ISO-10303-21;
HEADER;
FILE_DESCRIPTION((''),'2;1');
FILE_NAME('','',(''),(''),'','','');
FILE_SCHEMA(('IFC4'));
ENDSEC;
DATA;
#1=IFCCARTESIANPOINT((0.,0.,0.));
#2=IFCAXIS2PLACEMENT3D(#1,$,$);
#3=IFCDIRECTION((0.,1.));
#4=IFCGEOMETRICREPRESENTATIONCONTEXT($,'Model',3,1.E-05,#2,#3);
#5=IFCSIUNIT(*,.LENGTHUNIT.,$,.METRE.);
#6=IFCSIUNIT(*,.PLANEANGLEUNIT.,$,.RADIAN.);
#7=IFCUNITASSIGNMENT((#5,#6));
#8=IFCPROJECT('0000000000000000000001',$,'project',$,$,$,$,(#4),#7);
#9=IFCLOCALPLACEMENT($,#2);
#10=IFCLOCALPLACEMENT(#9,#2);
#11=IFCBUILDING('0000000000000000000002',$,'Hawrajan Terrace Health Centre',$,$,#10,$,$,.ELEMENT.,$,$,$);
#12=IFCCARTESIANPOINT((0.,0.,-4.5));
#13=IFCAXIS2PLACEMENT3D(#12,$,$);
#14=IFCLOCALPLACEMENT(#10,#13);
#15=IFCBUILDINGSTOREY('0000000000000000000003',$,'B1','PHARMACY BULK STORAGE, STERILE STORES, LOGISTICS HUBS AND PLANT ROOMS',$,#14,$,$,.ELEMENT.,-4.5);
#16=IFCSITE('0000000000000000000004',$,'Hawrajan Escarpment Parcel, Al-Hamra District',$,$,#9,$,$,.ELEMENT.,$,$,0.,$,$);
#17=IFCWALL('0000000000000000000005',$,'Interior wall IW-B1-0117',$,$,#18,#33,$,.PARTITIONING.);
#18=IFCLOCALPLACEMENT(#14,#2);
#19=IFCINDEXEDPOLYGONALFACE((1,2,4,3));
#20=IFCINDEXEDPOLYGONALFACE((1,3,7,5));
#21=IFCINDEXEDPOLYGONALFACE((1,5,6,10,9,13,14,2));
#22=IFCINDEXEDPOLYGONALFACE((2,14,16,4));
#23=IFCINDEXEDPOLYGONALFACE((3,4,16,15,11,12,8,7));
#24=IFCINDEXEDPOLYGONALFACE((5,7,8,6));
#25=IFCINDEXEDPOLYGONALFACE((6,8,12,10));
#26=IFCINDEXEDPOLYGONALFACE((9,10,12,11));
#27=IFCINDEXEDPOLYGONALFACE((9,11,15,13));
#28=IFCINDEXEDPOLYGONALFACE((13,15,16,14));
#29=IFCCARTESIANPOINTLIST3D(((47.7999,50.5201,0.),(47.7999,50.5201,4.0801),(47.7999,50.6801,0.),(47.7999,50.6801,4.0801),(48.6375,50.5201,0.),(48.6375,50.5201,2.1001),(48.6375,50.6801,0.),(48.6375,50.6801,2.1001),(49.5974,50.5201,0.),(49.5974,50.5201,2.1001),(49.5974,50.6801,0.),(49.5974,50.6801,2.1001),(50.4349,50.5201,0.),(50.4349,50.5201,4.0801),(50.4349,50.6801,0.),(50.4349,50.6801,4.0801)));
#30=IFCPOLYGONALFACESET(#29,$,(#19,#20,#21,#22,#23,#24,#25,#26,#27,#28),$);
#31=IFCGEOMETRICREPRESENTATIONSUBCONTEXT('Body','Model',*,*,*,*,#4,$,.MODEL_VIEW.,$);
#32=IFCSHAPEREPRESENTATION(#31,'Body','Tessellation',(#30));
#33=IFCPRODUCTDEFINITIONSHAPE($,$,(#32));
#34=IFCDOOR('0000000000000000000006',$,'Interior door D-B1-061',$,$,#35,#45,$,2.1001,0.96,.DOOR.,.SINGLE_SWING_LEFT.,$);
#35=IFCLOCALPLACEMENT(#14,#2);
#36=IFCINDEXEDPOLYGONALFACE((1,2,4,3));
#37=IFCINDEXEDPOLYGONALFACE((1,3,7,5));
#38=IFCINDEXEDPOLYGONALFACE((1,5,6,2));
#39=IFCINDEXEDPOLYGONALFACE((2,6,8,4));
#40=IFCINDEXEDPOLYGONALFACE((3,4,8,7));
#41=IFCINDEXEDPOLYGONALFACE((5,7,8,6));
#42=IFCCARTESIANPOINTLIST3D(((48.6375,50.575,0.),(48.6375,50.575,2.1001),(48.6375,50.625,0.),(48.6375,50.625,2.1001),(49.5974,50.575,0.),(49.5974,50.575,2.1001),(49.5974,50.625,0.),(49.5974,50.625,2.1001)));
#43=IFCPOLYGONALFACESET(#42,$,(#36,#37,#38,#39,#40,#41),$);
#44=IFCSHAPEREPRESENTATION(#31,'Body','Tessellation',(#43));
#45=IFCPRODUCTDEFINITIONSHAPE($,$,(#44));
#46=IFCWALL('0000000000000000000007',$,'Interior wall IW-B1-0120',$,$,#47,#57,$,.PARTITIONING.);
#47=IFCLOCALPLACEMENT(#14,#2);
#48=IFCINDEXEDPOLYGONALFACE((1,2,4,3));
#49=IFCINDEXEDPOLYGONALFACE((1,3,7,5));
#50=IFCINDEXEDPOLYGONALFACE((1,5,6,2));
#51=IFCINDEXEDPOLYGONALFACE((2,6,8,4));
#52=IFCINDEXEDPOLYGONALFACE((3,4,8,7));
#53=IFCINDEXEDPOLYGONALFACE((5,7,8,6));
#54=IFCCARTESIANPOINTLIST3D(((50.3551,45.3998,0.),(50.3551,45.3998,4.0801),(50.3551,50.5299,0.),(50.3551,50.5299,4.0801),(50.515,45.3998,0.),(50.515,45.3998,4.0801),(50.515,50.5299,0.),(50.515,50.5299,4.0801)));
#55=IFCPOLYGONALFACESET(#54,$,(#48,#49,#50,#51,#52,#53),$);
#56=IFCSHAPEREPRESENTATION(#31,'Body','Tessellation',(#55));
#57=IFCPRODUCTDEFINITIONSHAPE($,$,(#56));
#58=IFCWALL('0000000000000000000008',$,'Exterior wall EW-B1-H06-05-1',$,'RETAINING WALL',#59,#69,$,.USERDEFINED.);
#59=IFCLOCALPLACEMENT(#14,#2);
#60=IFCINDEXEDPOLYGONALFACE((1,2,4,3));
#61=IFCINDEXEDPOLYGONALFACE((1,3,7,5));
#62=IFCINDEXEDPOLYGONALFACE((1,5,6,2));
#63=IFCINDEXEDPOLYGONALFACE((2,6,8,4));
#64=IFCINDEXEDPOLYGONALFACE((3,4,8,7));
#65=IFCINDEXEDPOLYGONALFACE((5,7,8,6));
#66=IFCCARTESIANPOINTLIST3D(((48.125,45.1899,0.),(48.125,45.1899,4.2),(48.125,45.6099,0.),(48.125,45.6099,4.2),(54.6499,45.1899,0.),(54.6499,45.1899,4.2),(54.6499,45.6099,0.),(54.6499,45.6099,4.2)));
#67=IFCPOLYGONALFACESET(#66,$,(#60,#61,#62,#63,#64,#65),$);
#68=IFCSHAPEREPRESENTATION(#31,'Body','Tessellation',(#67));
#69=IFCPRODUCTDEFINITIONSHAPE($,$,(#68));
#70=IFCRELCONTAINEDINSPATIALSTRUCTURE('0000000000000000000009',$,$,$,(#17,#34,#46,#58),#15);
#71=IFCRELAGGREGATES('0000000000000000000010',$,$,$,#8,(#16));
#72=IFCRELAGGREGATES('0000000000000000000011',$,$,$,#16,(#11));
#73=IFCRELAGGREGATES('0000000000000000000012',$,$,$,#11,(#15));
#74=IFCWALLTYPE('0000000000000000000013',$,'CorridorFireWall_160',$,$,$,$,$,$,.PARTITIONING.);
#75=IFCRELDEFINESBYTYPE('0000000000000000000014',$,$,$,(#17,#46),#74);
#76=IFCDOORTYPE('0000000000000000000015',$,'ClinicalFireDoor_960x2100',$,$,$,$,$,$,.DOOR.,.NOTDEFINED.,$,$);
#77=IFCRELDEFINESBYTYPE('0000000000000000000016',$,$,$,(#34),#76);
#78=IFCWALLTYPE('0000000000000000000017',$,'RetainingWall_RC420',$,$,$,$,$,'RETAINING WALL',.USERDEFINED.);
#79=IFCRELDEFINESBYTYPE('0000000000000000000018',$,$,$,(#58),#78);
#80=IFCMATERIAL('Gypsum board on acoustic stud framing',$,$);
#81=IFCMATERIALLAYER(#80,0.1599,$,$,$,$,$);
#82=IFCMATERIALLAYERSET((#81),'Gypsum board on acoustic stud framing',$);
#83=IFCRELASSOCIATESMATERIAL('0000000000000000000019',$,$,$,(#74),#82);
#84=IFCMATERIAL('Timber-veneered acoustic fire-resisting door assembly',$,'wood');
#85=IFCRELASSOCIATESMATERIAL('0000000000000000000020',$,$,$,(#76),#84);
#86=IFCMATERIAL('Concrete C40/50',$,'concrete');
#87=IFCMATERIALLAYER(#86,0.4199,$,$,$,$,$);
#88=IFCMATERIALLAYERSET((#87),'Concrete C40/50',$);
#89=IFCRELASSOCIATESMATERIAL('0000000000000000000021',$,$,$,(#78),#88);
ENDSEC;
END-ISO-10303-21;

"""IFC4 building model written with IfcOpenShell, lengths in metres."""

from ifc_helpers import new_model, si_unit, direction, frame, frame_2d, origin, place, context, subcontext, project, spatial, rectangle, extrude, material, layer, layer_set, type_object, element, fill, save


model = new_model("IFC4")

# Units and contexts
model_context = context("Model", 3, precision=1e-05, world=origin(), true_north=direction((0.0, 1.0)))
body_context = subcontext(model_context, "Body", "Model", "MODEL_VIEW")
ifc_project = project(units=[si_unit("LENGTHUNIT", "METRE"), si_unit("PLANEANGLEUNIT", "RADIAN")], contexts=[model_context])

# Site, building, storey
site_placement = place(None, origin())
site = spatial("IfcSite", under=ifc_project, at=site_placement, Name="Hawrajan Escarpment Parcel, Al-Hamra District", CompositionType="ELEMENT", RefElevation=0.0)
building_placement = place(site_placement, origin())
building = spatial("IfcBuilding", under=site, at=building_placement, Name="Hawrajan Terrace Health Centre", CompositionType="ELEMENT")
storey_placement = place(building_placement, frame((0.0, 0.0, -4.5)))
storey = spatial("IfcBuildingStorey", under=building, at=storey_placement, Name="B1", Description="PHARMACY BULK STORAGE, STERILE STORES, LOGISTICS HUBS AND PLANT ROOMS", CompositionType="ELEMENT", Elevation=-4.5)

# Shared definitions
ifc_material_1 = material(Name="Concrete C40/50", Category="concrete")

# Shared definitions
ifc_material_2 = material(Name="Gypsum board on acoustic stud framing")

# Shared definitions
ifc_layer_1 = layer(ifc_material_2, 0.1599)
ifc_layer_set_1 = layer_set([ifc_layer_1], Name="Gypsum board on acoustic stud framing")
wall_type_1 = type_object("IfcWallType", Name="CorridorFireWall_160", PredefinedType="PARTITIONING", material=ifc_layer_set_1)

# Shared definitions
ifc_material_3 = material(Name="Timber-veneered acoustic fire-resisting door assembly", Category="wood")
door_type_1 = type_object("IfcDoorType", Name="ClinicalFireDoor_960x2100", OperationType="NOTDEFINED", PredefinedType="DOOR", material=ifc_material_3)

# Wall, opening, door
wall_1_placement = place(storey_placement, frame((47.8, 50.6001, 0.0), z_axis=(0.0, 0.0, 1.0), x_axis=(1.0, 0.0, 0.0)))
wall_1 = element("IfcWall", 1, at=wall_1_placement, inside=storey, type_object=wall_type_1, Name="Interior wall IW-B1-0117", PredefinedType="PARTITIONING", context=body_context, shape_type="SweptSolid", body=[
    extrude(rectangle(XDim=2.635, YDim=0.1599, at=frame_2d((1.3174, 0.0))), origin(), (0.0, 0.0, 1.0), 4.0801),
])
opening_1_placement = place(wall_1_placement, frame((0.8374, 0.0, 0.0)))
opening_1 = element("IfcOpeningElement", 2, at=opening_1_placement, cuts=wall_1, PredefinedType="OPENING", context=body_context, shape_type="SweptSolid", body=[
    extrude(rectangle(XDim=0.96, YDim=2.1001, at=frame_2d((0.48, 1.05))), frame((0.0, 0.0898, 0.0), z_axis=(0.0, -1.0, 0.0), x_axis=(1.0, 0.0, 0.0)), (0.0, 0.0, 1.0), 0.1799),
])
door_1_placement = place(opening_1_placement, origin())
door_1 = element("IfcDoor", 3, at=door_1_placement, inside=storey, type_object=door_type_1, Name="Interior door D-B1-061", OperationType="SINGLE_SWING_LEFT", OverallHeight=2.1001, OverallWidth=0.96, PredefinedType="DOOR", context=body_context, shape_type="SweptSolid", body=[
    extrude(rectangle(XDim=0.96, YDim=2.1001, at=frame_2d((0.48, 1.05))), frame((0.0, 0.0249, 0.0), z_axis=(0.0, -1.0, 0.0), x_axis=(1.0, 0.0, 0.0)), (0.0, 0.0, 1.0), 0.05),
])
fill(opening_1, door_1)

# Walls
wall_2_placement = place(storey_placement, frame((50.4351, 45.3999, 0.0), z_axis=(0.0, 0.0, 1.0), x_axis=(0.0, 1.0, 0.0)))
element("IfcWall", 4, at=wall_2_placement, inside=storey, type_object=wall_type_1, Name="Interior wall IW-B1-0120", PredefinedType="PARTITIONING", context=body_context, shape_type="SweptSolid", body=[
    extrude(rectangle(XDim=5.1301, YDim=0.1599, at=frame_2d((2.5649, 0.0))), origin(), (0.0, 0.0, 1.0), 4.0801),
])
ifc_layer_2 = layer(ifc_material_1, 0.4199)
ifc_layer_set_2 = layer_set([ifc_layer_2], Name="Concrete C40/50")
wall_type_2 = type_object("IfcWallType", Name="RetainingWall_RC420", ElementType="RETAINING WALL", PredefinedType="USERDEFINED", material=ifc_layer_set_2)
wall_3_placement = place(storey_placement, frame((48.125, 45.3999, 0.0), z_axis=(0.0, 0.0, 1.0), x_axis=(1.0, 0.0, 0.0)))
element("IfcWall", 5, at=wall_3_placement, inside=storey, type_object=wall_type_2, Name="Exterior wall EW-B1-H06-05-1", ObjectType="RETAINING WALL", PredefinedType="USERDEFINED", context=body_context, shape_type="SweptSolid", body=[
    extrude(rectangle(XDim=6.5249, YDim=0.4199, at=frame_2d((3.2625, 0.0))), origin(), (0.0, 0.0, 1.0), 4.2),
])

save(model, "model.ifc")
